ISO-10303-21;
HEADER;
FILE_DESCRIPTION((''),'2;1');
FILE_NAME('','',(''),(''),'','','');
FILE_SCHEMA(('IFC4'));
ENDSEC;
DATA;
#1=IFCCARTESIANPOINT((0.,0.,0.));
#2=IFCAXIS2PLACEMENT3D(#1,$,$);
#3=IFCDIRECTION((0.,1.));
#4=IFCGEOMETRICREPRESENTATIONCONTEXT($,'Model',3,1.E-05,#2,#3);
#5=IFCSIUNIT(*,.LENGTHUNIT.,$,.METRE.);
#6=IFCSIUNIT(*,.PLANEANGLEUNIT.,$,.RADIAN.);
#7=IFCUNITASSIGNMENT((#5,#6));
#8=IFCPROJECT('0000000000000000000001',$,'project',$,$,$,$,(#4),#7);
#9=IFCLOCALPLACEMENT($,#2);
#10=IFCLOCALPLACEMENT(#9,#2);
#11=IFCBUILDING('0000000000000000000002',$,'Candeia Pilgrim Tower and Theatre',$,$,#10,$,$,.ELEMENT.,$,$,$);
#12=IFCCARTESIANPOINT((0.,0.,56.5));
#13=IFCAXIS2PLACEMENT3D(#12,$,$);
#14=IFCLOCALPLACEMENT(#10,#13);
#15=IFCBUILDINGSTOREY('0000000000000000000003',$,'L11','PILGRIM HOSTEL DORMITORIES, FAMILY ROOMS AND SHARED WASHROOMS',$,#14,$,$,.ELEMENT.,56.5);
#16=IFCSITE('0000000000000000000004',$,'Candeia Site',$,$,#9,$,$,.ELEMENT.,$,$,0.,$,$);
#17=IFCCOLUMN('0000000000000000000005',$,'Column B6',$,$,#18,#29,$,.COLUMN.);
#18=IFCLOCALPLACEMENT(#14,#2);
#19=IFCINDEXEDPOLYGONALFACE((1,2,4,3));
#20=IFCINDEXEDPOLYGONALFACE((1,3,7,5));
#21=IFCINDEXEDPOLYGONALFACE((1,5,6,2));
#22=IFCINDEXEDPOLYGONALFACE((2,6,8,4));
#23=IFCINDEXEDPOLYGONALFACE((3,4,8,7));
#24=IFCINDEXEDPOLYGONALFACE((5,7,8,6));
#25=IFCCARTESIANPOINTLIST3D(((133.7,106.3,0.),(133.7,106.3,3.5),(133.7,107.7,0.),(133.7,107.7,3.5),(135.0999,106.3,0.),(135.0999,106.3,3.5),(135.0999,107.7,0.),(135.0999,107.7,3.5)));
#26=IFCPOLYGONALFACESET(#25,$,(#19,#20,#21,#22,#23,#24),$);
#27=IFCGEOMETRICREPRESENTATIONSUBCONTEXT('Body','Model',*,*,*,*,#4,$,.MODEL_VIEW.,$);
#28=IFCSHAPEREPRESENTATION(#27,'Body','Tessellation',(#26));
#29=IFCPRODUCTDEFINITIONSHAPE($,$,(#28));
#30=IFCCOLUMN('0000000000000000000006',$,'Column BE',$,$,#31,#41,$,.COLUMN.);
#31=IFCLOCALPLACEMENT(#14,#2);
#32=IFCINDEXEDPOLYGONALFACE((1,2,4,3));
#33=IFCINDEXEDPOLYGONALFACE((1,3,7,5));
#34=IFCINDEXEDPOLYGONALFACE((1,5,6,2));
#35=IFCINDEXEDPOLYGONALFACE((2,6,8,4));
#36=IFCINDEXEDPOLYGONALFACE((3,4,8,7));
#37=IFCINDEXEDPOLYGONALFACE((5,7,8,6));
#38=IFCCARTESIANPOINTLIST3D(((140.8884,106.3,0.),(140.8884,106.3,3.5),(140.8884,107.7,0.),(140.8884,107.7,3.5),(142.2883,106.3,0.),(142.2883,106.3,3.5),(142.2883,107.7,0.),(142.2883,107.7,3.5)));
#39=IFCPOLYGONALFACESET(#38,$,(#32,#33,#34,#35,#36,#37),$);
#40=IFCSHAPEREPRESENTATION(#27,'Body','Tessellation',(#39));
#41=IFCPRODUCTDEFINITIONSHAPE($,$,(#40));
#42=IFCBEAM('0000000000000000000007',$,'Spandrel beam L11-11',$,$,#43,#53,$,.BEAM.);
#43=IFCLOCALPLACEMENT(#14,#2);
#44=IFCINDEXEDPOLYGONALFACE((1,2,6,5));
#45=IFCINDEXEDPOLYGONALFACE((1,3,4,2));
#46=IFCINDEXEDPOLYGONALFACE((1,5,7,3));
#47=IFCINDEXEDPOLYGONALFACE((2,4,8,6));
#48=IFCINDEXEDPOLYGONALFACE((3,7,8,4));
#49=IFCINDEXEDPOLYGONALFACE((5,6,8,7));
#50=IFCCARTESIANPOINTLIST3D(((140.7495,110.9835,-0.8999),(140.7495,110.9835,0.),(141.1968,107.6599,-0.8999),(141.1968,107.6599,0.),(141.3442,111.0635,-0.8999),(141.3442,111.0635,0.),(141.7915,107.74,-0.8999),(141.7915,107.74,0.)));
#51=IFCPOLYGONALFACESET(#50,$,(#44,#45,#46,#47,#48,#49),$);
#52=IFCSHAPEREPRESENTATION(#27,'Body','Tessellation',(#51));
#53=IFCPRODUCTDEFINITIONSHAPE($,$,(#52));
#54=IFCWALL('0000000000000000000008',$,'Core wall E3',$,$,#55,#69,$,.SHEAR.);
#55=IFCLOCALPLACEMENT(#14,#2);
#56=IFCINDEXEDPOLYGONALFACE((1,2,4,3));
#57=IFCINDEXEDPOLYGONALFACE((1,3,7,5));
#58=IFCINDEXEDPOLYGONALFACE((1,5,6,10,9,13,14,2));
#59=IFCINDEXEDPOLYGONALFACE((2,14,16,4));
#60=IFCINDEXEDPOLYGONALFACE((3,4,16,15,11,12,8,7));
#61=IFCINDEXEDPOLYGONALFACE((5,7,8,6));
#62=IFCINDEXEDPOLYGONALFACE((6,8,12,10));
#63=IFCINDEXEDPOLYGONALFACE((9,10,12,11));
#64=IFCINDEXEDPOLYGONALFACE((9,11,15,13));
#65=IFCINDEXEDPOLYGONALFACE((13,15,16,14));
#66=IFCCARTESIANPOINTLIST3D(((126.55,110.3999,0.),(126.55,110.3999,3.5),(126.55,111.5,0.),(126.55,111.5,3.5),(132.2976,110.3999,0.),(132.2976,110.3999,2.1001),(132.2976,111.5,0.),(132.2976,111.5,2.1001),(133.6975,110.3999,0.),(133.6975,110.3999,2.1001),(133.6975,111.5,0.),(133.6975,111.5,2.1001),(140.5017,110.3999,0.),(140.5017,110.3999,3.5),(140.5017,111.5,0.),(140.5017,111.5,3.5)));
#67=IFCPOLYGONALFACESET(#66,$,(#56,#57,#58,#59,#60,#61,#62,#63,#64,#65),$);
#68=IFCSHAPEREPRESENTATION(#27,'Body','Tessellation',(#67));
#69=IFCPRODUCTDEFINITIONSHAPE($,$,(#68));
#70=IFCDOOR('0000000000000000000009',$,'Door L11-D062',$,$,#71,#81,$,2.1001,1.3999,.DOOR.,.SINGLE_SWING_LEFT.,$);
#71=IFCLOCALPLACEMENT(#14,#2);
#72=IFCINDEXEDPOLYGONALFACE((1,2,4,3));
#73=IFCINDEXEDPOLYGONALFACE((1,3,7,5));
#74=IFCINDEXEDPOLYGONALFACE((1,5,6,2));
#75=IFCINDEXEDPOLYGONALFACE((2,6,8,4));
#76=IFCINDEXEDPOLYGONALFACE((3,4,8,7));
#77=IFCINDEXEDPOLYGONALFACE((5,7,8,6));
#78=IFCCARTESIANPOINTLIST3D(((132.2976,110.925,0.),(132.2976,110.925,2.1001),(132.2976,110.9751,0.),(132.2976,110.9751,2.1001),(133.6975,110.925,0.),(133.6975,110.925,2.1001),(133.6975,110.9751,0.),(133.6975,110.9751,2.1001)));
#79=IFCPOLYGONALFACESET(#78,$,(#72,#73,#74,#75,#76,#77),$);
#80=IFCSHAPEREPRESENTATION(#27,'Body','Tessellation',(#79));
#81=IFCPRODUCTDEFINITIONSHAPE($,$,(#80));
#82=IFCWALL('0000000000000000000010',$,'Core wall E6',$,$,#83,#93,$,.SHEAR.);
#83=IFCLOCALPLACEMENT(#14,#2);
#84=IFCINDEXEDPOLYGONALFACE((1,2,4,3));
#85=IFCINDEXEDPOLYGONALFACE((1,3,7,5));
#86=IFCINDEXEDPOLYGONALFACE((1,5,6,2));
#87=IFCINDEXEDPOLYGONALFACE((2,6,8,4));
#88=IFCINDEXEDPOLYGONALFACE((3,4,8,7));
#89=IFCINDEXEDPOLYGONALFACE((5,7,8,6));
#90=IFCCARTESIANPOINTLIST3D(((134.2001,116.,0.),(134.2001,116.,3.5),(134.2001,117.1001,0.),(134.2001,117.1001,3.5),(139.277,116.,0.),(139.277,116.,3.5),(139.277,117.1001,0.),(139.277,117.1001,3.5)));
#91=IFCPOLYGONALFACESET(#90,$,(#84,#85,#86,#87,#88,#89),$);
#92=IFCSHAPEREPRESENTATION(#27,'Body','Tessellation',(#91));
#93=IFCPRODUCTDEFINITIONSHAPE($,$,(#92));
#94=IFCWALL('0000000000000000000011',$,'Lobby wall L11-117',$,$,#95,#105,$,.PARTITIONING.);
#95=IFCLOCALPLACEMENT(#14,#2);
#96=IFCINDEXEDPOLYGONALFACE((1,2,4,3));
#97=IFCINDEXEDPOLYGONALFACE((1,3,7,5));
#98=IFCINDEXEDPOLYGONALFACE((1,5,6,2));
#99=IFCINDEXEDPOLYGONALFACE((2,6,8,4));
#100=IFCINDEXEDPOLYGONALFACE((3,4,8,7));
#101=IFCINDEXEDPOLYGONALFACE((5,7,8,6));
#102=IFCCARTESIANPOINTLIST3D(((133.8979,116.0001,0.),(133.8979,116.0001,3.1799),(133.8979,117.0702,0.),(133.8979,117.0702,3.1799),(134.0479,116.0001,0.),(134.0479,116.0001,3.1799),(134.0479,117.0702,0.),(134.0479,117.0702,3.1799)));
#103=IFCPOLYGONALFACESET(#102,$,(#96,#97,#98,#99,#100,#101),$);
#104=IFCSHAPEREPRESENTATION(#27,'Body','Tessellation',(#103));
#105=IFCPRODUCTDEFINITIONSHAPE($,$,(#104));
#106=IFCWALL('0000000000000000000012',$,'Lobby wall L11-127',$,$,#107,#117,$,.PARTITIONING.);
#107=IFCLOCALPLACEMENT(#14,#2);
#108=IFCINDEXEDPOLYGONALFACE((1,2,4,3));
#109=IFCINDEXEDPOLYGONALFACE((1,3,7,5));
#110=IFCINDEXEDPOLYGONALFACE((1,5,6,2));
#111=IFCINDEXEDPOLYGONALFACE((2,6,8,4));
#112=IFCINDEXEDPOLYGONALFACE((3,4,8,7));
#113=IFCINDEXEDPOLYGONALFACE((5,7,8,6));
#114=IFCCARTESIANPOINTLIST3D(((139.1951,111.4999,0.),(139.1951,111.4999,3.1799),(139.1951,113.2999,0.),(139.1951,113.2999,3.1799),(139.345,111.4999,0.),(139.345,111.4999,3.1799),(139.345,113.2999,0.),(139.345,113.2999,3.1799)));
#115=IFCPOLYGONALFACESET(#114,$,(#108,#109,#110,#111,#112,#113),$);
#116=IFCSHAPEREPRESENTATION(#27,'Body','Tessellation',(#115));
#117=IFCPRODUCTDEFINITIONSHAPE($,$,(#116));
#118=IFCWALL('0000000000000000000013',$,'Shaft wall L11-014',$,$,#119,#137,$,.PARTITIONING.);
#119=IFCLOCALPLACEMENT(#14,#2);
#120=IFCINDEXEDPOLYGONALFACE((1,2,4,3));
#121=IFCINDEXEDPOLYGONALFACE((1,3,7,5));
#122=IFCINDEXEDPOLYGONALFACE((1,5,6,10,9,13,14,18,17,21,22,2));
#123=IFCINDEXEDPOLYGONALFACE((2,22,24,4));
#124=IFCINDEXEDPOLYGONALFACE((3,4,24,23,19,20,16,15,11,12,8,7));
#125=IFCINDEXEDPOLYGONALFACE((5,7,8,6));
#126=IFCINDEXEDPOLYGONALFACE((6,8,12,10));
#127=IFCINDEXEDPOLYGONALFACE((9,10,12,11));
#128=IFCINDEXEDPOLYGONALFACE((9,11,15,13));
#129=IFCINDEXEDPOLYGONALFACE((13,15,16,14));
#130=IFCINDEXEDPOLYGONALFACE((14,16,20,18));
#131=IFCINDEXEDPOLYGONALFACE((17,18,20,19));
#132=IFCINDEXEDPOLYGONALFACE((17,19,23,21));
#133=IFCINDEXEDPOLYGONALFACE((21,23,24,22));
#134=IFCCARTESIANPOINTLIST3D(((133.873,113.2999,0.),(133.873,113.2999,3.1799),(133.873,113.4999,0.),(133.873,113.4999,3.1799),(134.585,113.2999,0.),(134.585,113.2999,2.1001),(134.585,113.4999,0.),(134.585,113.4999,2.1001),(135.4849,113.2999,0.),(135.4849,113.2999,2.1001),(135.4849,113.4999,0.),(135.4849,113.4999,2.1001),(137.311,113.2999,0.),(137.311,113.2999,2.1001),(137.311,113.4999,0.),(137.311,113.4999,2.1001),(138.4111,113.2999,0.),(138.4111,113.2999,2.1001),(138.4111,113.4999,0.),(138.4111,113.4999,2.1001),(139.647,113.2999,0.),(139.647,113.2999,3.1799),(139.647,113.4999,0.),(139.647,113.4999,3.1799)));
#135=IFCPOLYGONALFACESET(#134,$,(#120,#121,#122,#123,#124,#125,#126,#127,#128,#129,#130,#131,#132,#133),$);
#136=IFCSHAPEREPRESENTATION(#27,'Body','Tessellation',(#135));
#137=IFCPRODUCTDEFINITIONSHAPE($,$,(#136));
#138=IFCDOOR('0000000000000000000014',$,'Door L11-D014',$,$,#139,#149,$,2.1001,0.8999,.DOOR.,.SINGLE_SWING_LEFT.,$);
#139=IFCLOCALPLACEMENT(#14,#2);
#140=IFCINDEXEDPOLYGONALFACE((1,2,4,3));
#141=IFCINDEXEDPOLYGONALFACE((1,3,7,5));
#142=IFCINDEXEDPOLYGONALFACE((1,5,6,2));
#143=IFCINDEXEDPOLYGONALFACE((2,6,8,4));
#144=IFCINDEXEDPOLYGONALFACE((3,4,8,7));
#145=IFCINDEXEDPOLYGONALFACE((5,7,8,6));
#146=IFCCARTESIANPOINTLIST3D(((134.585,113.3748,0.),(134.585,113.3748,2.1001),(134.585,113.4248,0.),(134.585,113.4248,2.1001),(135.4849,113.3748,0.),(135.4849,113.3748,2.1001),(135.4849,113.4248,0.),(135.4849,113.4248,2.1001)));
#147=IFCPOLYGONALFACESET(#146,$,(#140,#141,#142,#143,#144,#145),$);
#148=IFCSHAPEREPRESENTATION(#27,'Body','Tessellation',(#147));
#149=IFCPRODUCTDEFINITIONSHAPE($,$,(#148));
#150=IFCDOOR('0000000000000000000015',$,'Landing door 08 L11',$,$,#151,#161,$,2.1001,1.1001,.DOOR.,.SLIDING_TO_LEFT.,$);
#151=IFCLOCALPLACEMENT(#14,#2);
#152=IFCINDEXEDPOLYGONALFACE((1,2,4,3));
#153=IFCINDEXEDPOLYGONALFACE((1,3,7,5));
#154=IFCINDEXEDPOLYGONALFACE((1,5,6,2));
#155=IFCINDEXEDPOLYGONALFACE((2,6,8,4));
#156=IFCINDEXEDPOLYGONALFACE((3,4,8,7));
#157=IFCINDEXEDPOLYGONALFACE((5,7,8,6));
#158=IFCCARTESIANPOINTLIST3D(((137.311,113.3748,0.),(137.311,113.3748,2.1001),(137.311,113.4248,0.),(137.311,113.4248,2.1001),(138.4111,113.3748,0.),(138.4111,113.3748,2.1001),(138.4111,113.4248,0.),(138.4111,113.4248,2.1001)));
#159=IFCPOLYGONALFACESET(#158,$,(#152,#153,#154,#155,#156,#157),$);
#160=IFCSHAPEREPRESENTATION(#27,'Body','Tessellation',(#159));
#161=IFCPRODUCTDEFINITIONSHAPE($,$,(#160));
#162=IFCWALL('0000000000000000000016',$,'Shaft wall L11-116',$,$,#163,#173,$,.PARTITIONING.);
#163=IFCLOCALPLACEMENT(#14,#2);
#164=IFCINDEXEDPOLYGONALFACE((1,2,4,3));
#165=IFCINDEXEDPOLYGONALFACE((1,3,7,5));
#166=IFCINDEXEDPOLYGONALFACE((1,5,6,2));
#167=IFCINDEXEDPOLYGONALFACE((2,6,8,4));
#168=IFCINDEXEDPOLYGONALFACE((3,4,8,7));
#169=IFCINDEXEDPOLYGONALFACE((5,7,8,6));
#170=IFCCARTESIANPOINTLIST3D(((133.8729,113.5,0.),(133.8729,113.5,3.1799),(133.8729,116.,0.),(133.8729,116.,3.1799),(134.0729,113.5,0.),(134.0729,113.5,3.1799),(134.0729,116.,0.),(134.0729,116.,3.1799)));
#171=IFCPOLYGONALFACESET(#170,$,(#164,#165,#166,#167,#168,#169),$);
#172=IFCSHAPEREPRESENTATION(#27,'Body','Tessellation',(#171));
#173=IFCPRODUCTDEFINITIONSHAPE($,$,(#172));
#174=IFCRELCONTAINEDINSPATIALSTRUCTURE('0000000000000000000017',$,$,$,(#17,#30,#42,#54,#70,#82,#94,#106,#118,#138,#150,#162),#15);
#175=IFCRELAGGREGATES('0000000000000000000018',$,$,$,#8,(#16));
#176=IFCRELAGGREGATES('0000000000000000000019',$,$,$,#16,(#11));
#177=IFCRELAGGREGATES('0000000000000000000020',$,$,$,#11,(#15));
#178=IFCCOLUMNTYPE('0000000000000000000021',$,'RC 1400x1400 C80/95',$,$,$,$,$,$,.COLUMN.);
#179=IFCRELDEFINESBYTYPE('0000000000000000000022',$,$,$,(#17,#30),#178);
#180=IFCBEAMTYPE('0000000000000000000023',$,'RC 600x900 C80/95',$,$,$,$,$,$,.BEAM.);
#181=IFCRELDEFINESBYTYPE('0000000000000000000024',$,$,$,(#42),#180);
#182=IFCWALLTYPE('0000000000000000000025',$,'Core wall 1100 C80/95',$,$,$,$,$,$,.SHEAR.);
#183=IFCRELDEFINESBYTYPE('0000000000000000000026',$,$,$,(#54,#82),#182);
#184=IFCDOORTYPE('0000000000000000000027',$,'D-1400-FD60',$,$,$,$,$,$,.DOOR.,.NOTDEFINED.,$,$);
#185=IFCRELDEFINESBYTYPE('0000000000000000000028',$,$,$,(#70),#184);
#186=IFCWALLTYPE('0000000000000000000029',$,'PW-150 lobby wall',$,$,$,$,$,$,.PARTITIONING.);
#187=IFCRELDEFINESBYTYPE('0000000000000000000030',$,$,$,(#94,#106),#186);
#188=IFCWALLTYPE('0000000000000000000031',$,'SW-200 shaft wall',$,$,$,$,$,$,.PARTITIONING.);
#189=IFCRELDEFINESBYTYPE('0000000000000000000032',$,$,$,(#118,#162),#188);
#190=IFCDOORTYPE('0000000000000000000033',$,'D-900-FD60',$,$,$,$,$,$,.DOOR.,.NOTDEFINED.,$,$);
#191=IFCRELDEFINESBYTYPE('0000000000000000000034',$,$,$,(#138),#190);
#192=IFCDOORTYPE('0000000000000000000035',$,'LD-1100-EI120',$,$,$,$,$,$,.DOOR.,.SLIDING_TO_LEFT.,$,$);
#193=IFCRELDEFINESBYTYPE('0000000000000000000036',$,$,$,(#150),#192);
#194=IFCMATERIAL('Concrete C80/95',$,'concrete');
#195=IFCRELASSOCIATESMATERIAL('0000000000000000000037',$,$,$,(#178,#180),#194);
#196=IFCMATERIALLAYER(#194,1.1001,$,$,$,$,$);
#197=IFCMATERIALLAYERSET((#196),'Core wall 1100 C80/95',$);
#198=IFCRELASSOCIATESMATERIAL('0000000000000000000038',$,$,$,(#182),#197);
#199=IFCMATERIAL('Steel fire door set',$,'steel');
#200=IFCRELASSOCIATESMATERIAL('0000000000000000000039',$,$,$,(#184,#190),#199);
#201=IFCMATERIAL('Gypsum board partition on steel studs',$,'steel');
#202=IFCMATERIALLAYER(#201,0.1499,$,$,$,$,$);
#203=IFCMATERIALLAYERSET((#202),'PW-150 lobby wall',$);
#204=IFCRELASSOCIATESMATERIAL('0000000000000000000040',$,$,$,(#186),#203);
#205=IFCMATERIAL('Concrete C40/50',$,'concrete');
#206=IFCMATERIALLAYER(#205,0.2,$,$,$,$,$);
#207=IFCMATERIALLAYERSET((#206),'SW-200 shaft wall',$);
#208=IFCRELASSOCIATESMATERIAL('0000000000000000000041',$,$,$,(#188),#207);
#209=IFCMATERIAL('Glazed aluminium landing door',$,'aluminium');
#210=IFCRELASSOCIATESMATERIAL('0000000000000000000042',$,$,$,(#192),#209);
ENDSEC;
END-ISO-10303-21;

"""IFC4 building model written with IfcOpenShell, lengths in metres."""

from ifc_helpers import new_model, si_unit, direction, frame, frame_2d, origin, origin_2d, place, context, subcontext, project, spatial, rectangle, extrude, material, layer, layer_set, material_profile, profile_set, type_object, element, fill, save


model = new_model("IFC4")

# Units and contexts
model_context = context("Model", 3, precision=1e-05, world=origin(), true_north=direction((0.0, 1.0)))
body_context = subcontext(model_context, "Body", "Model", "MODEL_VIEW")
ifc_project = project(units=[si_unit("LENGTHUNIT", "METRE"), si_unit("PLANEANGLEUNIT", "RADIAN")], contexts=[model_context])

# Site, building, storey
site_placement = place(None, origin())
site = spatial("IfcSite", under=ifc_project, at=site_placement, Name="Candeia Site", CompositionType="ELEMENT", RefElevation=0.0)
building_placement = place(site_placement, origin())
building = spatial("IfcBuilding", under=site, at=building_placement, Name="Candeia Pilgrim Tower and Theatre", CompositionType="ELEMENT")
storey_placement = place(building_placement, frame((0.0, 0.0, 56.5)))
storey = spatial("IfcBuildingStorey", under=building, at=storey_placement, Name="L11", Description="PILGRIM HOSTEL DORMITORIES, FAMILY ROOMS AND SHARED WASHROOMS", CompositionType="ELEMENT", Elevation=56.5)

# Columns
ifc_material_1 = material(Name="Concrete C80/95", Category="concrete")
ifc_material_profile_1 = material_profile(ifc_material_1, rectangle(XDim=1.3999, YDim=1.3999, at=origin_2d()))
ifc_profile_set_1 = profile_set([ifc_material_profile_1], Name="Concrete C80/95")
column_type = type_object("IfcColumnType", Name="RC 1400x1400 C80/95", PredefinedType="COLUMN", material=ifc_profile_set_1)
for number, where, z_axis, x_axis, name in (
    (1, (134.3999, 107.0, 0.0), (0.0, 0.0, 1.0), (1.0, 0.0, 0.0), "Column B6"),
    (2, (141.5884, 107.0, 0.0), (0.0, 0.0, 1.0), (1.0, 0.0, 0.0), "Column BE"),
):
    element("IfcColumn", number, at=place(storey_placement, frame(where, z_axis=z_axis, x_axis=x_axis)), inside=storey, type_object=column_type, Name=name, PredefinedType="COLUMN", context=body_context, shape_type="SweptSolid", body=[
        extrude(rectangle(XDim=1.3999, YDim=1.3999, at=origin_2d()), origin(), (0.0, 0.0, 1.0), 3.5),
    ])

# Beam
ifc_material_profile_2 = material_profile(ifc_material_1, rectangle(XDim=0.6001, YDim=0.8999, at=origin_2d()))
ifc_profile_set_2 = profile_set([ifc_material_profile_2], Name="Concrete C80/95")
beam_type = type_object("IfcBeamType", Name="RC 600x900 C80/95", PredefinedType="BEAM", material=ifc_profile_set_2)
beam_placement = place(storey_placement, frame((141.4941, 107.7, -0.45), z_axis=(-0.133375, 0.991066, 0.0), x_axis=(-0.991066, -0.133375, 0.0)))
element("IfcBeam", 3, at=beam_placement, inside=storey, type_object=beam_type, Name="Spandrel beam L11-11", PredefinedType="BEAM", context=body_context, shape_type="SweptSolid", body=[
    extrude(rectangle(XDim=0.6001, YDim=0.8999, at=origin_2d()), origin(), (0.0, 0.0, 1.0), 3.3535),
])

# Wall, opening, door
ifc_layer_1 = layer(ifc_material_1, 1.1001)
ifc_layer_set_1 = layer_set([ifc_layer_1], Name="Core wall 1100 C80/95")
wall_type_1 = type_object("IfcWallType", Name="Core wall 1100 C80/95", PredefinedType="SHEAR", material=ifc_layer_set_1)
wall_1_placement = place(storey_placement, frame((140.5017, 110.95, 0.0), z_axis=(0.0, 0.0, 1.0), x_axis=(-1.0, 0.0, 0.0)))
wall_1 = element("IfcWall", 4, at=wall_1_placement, inside=storey, type_object=wall_type_1, Name="Core wall E3", PredefinedType="SHEAR", context=body_context, shape_type="SweptSolid", body=[
    extrude(rectangle(XDim=13.9517, YDim=1.1001, at=frame_2d((6.9758, 0.0))), origin(), (0.0, 0.0, 1.0), 3.5),
])
opening_1_placement = place(wall_1_placement, frame((6.8042, 0.0, 0.0)))
opening_1 = element("IfcOpeningElement", 5, at=opening_1_placement, cuts=wall_1, PredefinedType="OPENING", context=body_context, shape_type="SweptSolid", body=[
    extrude(rectangle(XDim=1.3999, YDim=2.1001, at=frame_2d((0.7, 1.05))), frame((0.0, 0.5601, 0.0), z_axis=(0.0, -1.0, 0.0), x_axis=(1.0, 0.0, 0.0)), (0.0, 0.0, 1.0), 1.1201),
])
ifc_material_2 = material(Name="Steel fire door set", Category="steel")
door_type_1 = type_object("IfcDoorType", Name="D-1400-FD60", OperationType="NOTDEFINED", PredefinedType="DOOR", material=ifc_material_2)
door_1_placement = place(opening_1_placement, origin())
door_1 = element("IfcDoor", 6, at=door_1_placement, inside=storey, type_object=door_type_1, Name="Door L11-D062", OperationType="SINGLE_SWING_LEFT", OverallHeight=2.1001, OverallWidth=1.3999, PredefinedType="DOOR", context=body_context, shape_type="SweptSolid", body=[
    extrude(rectangle(XDim=1.3999, YDim=2.1001, at=frame_2d((0.7, 1.05))), frame((0.0, 0.0249, 0.0), z_axis=(0.0, -1.0, 0.0), x_axis=(1.0, 0.0, 0.0)), (0.0, 0.0, 1.0), 0.05),
])
fill(opening_1, door_1)

# Walls
wall_2_placement = place(storey_placement, frame((134.2, 116.55, 0.0), z_axis=(0.0, 0.0, 1.0), x_axis=(1.0, 0.0, 0.0)))
element("IfcWall", 7, at=wall_2_placement, inside=storey, type_object=wall_type_1, Name="Core wall E6", PredefinedType="SHEAR", context=body_context, shape_type="SweptSolid", body=[
    extrude(rectangle(XDim=5.0769, YDim=1.1001, at=frame_2d((2.5386, 0.0))), origin(), (0.0, 0.0, 1.0), 3.5),
])
ifc_material_3 = material(Name="Gypsum board partition on steel studs", Category="steel")
ifc_layer_2 = layer(ifc_material_3, 0.1499)
ifc_layer_set_2 = layer_set([ifc_layer_2], Name="PW-150 lobby wall")
wall_type_2 = type_object("IfcWallType", Name="PW-150 lobby wall", PredefinedType="PARTITIONING", material=ifc_layer_set_2)
wall_3_placement = place(storey_placement, frame((133.9729, 116.0, 0.0), z_axis=(0.0, 0.0, 1.0), x_axis=(0.0, 1.0, 0.0)))
element("IfcWall", 8, at=wall_3_placement, inside=storey, type_object=wall_type_2, Name="Lobby wall L11-117", PredefinedType="PARTITIONING", context=body_context, shape_type="SweptSolid", body=[
    extrude(rectangle(XDim=1.0701, YDim=0.1499, at=frame_2d((0.5352, 0.0))), origin(), (0.0, 0.0, 1.0), 3.1799),
])
wall_4_placement = place(storey_placement, frame((139.27, 111.5, 0.0), z_axis=(0.0, 0.0, 1.0), x_axis=(0.0, 1.0, 0.0)))
element("IfcWall", 9, at=wall_4_placement, inside=storey, type_object=wall_type_2, Name="Lobby wall L11-127", PredefinedType="PARTITIONING", context=body_context, shape_type="SweptSolid", body=[
    extrude(rectangle(XDim=1.8, YDim=0.1499, at=frame_2d((0.8999, 0.0))), origin(), (0.0, 0.0, 1.0), 3.1799),
])

# Wall, openings, doors
ifc_material_4 = material(Name="Concrete C40/50", Category="concrete")
ifc_layer_3 = layer(ifc_material_4, 0.2)
ifc_layer_set_3 = layer_set([ifc_layer_3], Name="SW-200 shaft wall")
wall_type_3 = type_object("IfcWallType", Name="SW-200 shaft wall", PredefinedType="PARTITIONING", material=ifc_layer_set_3)
wall_5_placement = place(storey_placement, frame((133.873, 113.3999, 0.0), z_axis=(0.0, 0.0, 1.0), x_axis=(1.0, 0.0, 0.0)))
wall_5 = element("IfcWall", 10, at=wall_5_placement, inside=storey, type_object=wall_type_3, Name="Shaft wall L11-014", PredefinedType="PARTITIONING", context=body_context, shape_type="SweptSolid", body=[
    extrude(rectangle(XDim=5.7739, YDim=0.2, at=frame_2d((2.887, 0.0))), origin(), (0.0, 0.0, 1.0), 3.1799),
])
opening_2_placement = place(wall_5_placement, frame((3.438, 0.0, 0.0)))
opening_2 = element("IfcOpeningElement", 11, at=opening_2_placement, cuts=wall_5, PredefinedType="OPENING", context=body_context, shape_type="SweptSolid", body=[
    extrude(rectangle(XDim=1.1001, YDim=2.1001, at=frame_2d((0.55, 1.05))), frame((0.0, 0.1099, 0.0), z_axis=(0.0, -1.0, 0.0), x_axis=(1.0, 0.0, 0.0)), (0.0, 0.0, 1.0), 0.22),
])
opening_3_placement = place(wall_5_placement, frame((0.7119, 0.0, 0.0)))
opening_3 = element("IfcOpeningElement", 12, at=opening_3_placement, cuts=wall_5, PredefinedType="OPENING", context=body_context, shape_type="SweptSolid", body=[
    extrude(rectangle(XDim=0.8999, YDim=2.1001, at=frame_2d((0.45, 1.05))), frame((0.0, 0.1099, 0.0), z_axis=(0.0, -1.0, 0.0), x_axis=(1.0, 0.0, 0.0)), (0.0, 0.0, 1.0), 0.22),
])
door_type_2 = type_object("IfcDoorType", Name="D-900-FD60", OperationType="NOTDEFINED", PredefinedType="DOOR", material=ifc_material_2)
door_2_placement = place(opening_3_placement, origin())
door_2 = element("IfcDoor", 13, at=door_2_placement, inside=storey, type_object=door_type_2, Name="Door L11-D014", OperationType="SINGLE_SWING_LEFT", OverallHeight=2.1001, OverallWidth=0.8999, PredefinedType="DOOR", context=body_context, shape_type="SweptSolid", body=[
    extrude(rectangle(XDim=0.8999, YDim=2.1001, at=frame_2d((0.45, 1.05))), frame((0.0, 0.0249, 0.0), z_axis=(0.0, -1.0, 0.0), x_axis=(1.0, 0.0, 0.0)), (0.0, 0.0, 1.0), 0.05),
])
fill(opening_3, door_2)
ifc_material_5 = material(Name="Glazed aluminium landing door", Category="aluminium")
door_type_3 = type_object("IfcDoorType", Name="LD-1100-EI120", OperationType="SLIDING_TO_LEFT", PredefinedType="DOOR", material=ifc_material_5)
door_3_placement = place(opening_2_placement, origin())
door_3 = element("IfcDoor", 14, at=door_3_placement, inside=storey, type_object=door_type_3, Name="Landing door 08 L11", OperationType="SLIDING_TO_LEFT", OverallHeight=2.1001, OverallWidth=1.1001, PredefinedType="DOOR", context=body_context, shape_type="SweptSolid", body=[
    extrude(rectangle(XDim=1.1001, YDim=2.1001, at=frame_2d((0.55, 1.05))), frame((0.0, 0.0249, 0.0), z_axis=(0.0, -1.0, 0.0), x_axis=(1.0, 0.0, 0.0)), (0.0, 0.0, 1.0), 0.05),
])
fill(opening_2, door_3)

# Wall
for number, where, z_axis, x_axis, name in (
    (15, (133.9729, 113.5, 0.0), (0.0, 0.0, 1.0), (0.0, 1.0, 0.0), "Shaft wall L11-116"),
):
    element("IfcWall", number, at=place(storey_placement, frame(where, z_axis=z_axis, x_axis=x_axis)), inside=storey, type_object=wall_type_3, Name=name, PredefinedType="PARTITIONING", context=body_context, shape_type="SweptSolid", body=[
        extrude(rectangle(XDim=2.5, YDim=0.2, at=frame_2d((1.25, 0.0))), origin(), (0.0, 0.0, 1.0), 3.1799),
    ])

save(model, "model.ifc")
